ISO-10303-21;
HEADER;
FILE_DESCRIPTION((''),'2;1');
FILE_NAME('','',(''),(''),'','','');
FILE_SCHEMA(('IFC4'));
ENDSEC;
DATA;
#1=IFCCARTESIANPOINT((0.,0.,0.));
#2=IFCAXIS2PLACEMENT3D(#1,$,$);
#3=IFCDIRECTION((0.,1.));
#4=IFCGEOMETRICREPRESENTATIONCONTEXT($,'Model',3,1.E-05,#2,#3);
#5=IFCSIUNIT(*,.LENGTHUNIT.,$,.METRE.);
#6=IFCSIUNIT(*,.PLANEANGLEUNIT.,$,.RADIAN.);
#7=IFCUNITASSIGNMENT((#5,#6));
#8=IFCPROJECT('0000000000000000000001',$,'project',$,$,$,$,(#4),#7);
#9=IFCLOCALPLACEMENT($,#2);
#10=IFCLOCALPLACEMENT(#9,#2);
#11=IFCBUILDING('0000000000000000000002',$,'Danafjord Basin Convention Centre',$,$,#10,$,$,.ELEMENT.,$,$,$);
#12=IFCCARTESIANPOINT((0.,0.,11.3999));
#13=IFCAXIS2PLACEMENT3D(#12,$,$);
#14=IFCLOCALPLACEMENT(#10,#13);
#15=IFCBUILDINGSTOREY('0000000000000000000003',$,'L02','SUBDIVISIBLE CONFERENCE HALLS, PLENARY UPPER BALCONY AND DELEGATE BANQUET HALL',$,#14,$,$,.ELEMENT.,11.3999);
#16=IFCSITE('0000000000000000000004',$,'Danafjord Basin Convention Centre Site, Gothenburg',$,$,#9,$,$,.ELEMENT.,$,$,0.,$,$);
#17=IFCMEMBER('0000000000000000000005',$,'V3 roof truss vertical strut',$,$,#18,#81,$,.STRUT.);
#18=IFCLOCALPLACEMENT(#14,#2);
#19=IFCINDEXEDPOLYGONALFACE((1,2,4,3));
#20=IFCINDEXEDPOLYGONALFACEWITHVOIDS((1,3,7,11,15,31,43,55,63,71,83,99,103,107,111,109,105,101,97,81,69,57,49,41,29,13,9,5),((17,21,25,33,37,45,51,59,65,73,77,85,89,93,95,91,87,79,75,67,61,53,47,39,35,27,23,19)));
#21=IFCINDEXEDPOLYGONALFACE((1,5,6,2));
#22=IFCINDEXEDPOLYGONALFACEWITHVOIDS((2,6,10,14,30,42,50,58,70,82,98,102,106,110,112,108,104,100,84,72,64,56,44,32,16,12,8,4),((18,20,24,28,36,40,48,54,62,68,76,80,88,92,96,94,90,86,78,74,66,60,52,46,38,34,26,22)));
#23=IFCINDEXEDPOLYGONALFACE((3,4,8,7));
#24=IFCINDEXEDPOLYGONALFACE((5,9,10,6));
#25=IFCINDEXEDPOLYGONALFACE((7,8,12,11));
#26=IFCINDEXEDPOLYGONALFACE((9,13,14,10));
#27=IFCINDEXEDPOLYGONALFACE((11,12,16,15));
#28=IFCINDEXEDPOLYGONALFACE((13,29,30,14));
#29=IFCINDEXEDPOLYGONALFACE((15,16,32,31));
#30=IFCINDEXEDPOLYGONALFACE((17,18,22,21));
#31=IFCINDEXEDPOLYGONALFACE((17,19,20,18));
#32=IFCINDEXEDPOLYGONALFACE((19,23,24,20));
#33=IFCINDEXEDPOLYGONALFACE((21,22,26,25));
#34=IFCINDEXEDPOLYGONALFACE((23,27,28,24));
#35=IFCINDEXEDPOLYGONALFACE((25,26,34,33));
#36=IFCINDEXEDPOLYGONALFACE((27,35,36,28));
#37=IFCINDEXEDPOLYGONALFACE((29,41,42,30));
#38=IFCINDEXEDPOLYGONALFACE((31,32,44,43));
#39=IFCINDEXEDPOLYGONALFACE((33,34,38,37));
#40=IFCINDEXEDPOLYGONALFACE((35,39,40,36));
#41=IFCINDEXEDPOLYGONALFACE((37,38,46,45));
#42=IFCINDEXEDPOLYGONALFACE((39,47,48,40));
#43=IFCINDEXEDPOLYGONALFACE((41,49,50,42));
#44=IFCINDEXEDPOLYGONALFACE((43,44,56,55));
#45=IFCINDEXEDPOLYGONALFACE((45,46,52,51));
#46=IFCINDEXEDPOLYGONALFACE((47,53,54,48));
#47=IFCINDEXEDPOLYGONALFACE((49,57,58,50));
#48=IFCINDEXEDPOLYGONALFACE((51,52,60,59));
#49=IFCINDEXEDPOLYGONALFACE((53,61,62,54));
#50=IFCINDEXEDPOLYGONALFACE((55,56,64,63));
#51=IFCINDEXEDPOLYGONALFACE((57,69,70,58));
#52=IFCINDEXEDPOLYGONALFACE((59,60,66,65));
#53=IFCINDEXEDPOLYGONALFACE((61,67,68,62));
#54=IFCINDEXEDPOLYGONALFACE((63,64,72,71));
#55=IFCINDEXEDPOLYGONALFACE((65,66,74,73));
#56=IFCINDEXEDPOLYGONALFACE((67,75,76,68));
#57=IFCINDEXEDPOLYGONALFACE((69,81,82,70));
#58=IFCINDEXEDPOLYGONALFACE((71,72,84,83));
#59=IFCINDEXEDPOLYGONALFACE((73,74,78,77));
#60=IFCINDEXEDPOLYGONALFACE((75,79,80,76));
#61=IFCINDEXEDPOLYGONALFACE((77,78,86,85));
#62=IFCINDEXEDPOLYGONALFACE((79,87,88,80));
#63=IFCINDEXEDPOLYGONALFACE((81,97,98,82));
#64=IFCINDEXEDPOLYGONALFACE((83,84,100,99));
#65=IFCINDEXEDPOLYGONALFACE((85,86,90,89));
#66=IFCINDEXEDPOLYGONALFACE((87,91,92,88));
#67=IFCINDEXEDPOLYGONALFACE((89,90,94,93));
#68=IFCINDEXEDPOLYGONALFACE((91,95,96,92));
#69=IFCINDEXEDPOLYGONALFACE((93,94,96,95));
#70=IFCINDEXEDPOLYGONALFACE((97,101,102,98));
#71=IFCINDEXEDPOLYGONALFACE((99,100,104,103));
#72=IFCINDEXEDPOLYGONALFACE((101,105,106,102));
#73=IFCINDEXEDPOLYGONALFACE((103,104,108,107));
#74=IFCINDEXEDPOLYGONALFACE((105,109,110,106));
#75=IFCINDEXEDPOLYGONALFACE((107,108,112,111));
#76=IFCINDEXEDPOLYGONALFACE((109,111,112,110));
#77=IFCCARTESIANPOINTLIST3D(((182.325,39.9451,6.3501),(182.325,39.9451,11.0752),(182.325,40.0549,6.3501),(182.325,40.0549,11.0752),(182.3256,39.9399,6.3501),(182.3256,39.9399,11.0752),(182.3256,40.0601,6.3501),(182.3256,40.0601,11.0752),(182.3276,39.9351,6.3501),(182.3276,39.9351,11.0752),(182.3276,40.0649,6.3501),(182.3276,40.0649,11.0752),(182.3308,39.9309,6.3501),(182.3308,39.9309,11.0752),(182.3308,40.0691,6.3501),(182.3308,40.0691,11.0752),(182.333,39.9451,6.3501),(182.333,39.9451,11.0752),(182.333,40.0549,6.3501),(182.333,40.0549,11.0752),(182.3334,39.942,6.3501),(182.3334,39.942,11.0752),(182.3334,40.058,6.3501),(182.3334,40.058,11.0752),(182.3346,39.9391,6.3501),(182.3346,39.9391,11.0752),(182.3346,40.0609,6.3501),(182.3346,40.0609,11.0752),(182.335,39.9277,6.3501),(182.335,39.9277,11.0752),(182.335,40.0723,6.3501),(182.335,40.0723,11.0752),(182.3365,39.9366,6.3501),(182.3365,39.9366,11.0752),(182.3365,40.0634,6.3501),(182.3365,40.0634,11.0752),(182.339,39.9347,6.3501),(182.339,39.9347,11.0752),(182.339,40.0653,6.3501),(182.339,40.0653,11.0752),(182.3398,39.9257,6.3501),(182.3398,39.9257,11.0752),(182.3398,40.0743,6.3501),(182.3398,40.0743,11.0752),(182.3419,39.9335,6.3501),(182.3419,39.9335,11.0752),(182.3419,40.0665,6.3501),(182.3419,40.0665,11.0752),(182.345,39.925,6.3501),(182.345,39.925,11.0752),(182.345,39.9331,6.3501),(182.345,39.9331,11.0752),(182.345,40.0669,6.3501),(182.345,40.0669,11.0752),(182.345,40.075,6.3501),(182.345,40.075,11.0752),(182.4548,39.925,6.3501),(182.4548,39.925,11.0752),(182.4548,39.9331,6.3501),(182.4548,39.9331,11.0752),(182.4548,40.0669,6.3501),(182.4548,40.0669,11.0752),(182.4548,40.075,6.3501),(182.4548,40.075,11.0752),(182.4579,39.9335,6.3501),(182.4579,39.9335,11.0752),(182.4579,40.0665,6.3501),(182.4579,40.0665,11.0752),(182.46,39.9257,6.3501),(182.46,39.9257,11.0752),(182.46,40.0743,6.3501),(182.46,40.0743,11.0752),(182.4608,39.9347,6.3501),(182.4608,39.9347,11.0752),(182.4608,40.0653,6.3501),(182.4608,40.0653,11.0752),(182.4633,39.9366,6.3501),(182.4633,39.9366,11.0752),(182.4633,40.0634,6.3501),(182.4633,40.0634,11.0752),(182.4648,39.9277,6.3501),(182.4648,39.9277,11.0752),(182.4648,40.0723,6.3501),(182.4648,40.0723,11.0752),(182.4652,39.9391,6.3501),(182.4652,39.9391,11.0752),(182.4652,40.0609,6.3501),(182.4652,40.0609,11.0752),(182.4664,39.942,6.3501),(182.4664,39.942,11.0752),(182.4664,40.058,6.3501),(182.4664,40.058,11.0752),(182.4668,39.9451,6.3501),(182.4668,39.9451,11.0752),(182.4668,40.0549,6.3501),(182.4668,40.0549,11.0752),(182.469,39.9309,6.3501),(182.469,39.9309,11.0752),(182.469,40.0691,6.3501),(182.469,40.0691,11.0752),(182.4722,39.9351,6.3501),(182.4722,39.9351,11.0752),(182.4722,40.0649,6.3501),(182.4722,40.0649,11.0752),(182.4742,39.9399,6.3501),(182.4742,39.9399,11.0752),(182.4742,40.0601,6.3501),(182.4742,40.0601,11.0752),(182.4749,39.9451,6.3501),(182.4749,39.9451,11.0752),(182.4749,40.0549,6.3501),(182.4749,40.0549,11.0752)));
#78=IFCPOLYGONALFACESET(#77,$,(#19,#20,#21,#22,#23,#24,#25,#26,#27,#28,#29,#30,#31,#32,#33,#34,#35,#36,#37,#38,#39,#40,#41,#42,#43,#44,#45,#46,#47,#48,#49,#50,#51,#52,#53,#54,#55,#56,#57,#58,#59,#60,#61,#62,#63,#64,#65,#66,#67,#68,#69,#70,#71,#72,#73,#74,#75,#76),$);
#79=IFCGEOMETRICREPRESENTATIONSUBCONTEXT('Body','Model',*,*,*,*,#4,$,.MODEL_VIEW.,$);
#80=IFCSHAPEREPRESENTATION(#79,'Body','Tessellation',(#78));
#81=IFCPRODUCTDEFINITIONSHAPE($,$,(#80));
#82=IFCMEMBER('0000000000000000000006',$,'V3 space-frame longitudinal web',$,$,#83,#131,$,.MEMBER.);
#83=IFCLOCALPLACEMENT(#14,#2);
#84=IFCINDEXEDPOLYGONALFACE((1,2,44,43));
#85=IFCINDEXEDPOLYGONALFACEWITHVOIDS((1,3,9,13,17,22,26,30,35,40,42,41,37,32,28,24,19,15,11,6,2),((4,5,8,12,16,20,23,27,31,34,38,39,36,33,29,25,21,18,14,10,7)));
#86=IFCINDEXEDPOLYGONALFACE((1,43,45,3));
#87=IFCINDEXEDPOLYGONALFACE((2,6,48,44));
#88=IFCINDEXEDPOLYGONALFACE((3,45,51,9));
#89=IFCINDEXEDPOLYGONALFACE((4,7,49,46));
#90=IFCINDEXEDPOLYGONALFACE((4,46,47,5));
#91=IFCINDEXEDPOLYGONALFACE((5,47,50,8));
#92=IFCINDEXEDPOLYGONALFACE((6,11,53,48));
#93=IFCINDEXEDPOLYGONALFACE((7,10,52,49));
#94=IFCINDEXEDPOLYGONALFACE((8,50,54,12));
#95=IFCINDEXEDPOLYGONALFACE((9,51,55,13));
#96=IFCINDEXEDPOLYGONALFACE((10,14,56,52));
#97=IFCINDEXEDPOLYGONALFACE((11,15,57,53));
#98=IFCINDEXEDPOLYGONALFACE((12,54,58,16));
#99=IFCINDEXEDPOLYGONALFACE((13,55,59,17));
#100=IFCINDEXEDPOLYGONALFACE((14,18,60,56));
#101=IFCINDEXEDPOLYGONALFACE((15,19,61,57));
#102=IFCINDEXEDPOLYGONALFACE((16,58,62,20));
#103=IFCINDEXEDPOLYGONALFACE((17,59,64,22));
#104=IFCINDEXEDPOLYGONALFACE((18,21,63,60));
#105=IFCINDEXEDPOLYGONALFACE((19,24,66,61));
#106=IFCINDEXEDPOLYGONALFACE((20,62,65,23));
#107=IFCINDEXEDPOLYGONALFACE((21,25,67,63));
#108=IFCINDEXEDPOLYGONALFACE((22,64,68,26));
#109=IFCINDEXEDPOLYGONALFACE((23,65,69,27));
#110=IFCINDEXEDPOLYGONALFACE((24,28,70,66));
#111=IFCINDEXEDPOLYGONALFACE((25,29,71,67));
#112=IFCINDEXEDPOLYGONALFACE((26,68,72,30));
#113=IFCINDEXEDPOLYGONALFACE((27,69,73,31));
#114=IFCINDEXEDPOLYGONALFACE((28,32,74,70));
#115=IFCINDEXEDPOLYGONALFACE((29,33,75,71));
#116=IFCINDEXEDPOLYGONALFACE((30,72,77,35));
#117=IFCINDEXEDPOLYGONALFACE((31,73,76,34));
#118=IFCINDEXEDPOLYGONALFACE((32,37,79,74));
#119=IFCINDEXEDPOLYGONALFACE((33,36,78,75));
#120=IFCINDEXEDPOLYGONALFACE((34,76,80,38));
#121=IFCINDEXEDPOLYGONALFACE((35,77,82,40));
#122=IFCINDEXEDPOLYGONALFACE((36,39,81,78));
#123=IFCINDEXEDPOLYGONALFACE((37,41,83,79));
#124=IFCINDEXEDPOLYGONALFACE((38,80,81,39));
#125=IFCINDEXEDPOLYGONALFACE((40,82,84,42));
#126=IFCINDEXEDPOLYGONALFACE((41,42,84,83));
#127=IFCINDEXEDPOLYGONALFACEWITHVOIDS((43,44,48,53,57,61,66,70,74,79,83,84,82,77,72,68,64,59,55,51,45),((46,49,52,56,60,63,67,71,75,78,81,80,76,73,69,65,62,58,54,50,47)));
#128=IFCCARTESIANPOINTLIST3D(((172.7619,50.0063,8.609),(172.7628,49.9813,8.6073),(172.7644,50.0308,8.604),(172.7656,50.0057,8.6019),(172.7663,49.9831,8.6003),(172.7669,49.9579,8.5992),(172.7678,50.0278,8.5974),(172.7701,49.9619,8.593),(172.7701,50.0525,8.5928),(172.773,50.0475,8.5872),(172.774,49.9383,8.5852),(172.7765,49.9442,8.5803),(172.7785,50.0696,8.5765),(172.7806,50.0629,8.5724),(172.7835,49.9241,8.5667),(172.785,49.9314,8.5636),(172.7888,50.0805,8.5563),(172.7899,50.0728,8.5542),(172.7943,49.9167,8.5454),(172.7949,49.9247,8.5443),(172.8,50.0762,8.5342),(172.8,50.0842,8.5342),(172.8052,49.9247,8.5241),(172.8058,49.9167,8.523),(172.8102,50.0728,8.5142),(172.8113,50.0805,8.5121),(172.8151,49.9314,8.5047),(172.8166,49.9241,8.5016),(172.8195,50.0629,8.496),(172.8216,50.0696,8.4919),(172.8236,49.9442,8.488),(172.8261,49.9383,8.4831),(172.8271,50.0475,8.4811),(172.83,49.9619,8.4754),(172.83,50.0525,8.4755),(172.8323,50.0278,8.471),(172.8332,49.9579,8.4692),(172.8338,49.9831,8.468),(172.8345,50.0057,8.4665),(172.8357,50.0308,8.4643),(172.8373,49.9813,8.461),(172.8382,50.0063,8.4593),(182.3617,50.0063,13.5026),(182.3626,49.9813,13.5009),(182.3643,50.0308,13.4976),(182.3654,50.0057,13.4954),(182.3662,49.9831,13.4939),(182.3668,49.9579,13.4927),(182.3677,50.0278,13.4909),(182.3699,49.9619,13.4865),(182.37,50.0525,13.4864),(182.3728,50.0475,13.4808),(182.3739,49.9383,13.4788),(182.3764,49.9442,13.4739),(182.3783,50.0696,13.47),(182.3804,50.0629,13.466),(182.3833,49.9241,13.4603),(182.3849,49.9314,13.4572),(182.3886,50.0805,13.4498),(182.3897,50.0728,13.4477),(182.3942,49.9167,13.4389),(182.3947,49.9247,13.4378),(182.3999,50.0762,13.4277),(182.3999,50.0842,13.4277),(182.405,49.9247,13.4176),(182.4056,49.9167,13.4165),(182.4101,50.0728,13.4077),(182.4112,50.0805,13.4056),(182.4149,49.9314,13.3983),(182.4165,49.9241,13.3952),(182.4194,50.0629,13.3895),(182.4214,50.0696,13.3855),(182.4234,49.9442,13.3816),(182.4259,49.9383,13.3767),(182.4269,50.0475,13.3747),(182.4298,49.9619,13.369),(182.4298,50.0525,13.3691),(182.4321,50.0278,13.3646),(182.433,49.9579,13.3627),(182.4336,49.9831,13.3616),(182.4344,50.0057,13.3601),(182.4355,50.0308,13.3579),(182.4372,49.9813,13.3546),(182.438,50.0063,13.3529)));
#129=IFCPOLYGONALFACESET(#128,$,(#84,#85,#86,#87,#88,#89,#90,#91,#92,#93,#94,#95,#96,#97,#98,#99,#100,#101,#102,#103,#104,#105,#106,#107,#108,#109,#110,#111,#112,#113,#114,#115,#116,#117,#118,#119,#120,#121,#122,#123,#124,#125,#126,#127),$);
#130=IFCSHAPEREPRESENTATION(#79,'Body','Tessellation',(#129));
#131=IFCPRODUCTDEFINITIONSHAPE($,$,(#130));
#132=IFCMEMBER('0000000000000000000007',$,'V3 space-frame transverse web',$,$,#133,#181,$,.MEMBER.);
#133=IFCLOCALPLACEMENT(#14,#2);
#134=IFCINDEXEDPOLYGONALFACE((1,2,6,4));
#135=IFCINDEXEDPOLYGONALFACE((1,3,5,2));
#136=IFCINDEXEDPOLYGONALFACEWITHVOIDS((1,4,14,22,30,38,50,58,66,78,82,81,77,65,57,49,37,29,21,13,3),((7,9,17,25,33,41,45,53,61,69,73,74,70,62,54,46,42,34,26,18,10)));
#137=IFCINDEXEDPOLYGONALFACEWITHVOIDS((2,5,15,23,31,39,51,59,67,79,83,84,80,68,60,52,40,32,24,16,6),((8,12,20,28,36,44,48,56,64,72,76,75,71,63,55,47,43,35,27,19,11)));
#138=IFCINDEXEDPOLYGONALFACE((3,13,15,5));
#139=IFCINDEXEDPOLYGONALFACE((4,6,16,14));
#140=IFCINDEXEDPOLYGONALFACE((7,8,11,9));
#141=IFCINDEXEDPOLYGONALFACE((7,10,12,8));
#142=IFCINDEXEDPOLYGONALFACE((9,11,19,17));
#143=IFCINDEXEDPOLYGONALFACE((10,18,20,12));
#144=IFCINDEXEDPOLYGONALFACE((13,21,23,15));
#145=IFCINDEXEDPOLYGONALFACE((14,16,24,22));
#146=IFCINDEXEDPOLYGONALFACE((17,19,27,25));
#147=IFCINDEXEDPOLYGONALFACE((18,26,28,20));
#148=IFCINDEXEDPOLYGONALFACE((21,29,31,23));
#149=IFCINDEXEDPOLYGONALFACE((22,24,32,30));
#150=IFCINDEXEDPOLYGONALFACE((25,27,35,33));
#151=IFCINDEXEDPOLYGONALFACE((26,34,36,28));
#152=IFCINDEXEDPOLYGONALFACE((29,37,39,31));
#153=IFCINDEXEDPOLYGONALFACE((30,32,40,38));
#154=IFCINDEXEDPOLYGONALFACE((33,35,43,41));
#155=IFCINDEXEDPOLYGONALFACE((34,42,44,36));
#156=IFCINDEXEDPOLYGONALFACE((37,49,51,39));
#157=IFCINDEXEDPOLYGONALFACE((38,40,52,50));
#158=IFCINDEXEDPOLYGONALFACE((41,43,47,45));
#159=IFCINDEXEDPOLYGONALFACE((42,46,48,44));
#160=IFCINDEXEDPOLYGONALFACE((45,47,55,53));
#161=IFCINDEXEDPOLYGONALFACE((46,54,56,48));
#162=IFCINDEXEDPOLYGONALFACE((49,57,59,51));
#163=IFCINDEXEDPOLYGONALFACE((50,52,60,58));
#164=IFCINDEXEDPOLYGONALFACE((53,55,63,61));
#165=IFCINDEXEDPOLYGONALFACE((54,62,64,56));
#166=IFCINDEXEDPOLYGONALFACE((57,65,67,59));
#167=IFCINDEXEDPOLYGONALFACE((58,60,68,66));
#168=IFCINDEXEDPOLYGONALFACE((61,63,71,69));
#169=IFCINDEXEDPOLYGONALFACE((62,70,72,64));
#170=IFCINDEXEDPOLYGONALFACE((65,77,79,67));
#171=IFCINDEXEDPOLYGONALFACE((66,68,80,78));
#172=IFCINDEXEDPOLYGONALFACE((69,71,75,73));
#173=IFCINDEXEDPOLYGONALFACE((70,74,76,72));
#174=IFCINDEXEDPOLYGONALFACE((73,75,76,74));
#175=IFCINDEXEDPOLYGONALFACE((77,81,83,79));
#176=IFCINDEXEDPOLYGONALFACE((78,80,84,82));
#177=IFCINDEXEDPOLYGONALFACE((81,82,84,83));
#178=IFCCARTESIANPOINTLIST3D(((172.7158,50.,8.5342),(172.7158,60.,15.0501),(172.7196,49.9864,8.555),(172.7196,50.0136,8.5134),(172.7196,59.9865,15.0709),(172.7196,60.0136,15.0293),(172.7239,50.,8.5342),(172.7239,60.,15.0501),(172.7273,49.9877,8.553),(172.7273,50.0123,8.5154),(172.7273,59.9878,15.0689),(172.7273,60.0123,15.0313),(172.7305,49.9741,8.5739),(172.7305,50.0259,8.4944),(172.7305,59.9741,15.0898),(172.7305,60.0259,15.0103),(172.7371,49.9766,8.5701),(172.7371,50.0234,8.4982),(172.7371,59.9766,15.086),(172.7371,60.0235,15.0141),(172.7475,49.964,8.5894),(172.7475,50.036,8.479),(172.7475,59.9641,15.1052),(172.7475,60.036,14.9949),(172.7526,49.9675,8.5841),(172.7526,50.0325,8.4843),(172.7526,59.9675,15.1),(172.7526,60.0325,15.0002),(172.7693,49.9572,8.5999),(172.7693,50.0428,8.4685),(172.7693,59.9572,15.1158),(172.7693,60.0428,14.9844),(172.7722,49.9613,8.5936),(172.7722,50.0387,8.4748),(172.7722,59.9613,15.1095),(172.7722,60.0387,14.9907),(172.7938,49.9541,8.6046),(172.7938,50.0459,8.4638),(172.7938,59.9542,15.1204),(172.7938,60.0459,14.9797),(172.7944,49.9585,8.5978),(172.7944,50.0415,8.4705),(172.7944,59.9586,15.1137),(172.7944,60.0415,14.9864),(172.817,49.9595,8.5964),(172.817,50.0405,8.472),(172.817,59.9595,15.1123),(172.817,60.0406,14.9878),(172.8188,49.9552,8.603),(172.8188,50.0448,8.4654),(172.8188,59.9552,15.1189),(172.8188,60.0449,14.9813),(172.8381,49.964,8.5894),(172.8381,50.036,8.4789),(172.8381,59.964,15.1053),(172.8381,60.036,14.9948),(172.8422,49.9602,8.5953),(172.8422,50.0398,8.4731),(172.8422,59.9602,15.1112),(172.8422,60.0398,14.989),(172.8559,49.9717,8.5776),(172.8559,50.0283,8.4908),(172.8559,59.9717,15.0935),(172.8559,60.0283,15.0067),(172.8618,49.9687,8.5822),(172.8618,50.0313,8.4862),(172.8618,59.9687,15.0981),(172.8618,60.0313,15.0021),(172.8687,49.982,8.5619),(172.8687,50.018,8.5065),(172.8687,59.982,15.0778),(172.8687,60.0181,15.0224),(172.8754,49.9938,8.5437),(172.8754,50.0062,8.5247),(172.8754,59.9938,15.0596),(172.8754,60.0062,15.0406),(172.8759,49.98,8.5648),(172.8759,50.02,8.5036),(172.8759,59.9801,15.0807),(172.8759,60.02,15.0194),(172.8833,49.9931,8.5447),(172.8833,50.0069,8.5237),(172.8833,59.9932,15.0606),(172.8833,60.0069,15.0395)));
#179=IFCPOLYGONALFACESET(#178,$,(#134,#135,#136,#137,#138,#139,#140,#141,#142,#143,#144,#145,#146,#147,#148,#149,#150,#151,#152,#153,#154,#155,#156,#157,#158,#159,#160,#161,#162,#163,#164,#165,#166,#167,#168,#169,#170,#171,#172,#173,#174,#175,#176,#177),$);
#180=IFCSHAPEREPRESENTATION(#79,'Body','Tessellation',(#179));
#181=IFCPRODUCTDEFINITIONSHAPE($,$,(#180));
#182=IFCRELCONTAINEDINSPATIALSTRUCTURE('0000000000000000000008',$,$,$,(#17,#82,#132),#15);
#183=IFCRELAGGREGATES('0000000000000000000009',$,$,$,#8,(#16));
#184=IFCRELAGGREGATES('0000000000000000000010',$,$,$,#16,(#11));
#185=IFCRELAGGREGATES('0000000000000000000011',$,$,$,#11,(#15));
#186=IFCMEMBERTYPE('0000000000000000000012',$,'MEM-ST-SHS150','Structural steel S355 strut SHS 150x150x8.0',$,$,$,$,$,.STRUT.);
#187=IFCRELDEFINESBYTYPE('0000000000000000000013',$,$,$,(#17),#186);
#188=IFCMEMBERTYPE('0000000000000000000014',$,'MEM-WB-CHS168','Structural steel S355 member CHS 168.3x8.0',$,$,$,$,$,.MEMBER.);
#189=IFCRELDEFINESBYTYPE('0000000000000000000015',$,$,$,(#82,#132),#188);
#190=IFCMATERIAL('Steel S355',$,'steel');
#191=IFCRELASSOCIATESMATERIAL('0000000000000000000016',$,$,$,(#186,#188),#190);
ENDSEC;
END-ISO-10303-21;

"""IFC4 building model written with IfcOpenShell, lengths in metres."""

from ifc_helpers import new_model, si_unit, direction, frame, origin, origin_2d, place, context, subcontext, project, spatial, hollow_rectangle, hollow_circle, extrude, material, material_profile, profile_set, type_object, element, save


model = new_model("IFC4")

# Units and contexts
model_context = context("Model", 3, precision=1e-05, world=origin(), true_north=direction((0.0, 1.0)))
body_context = subcontext(model_context, "Body", "Model", "MODEL_VIEW")
ifc_project = project(units=[si_unit("LENGTHUNIT", "METRE"), si_unit("PLANEANGLEUNIT", "RADIAN")], contexts=[model_context])

# Site, building, storey
site_placement = place(None, origin())
site = spatial("IfcSite", under=ifc_project, at=site_placement, Name="Danafjord Basin Convention Centre Site, Gothenburg", CompositionType="ELEMENT", RefElevation=0.0)
building_placement = place(site_placement, origin())
building = spatial("IfcBuilding", under=site, at=building_placement, Name="Danafjord Basin Convention Centre", CompositionType="ELEMENT")
storey_placement = place(building_placement, frame((0.0, 0.0, 11.3999)))
storey = spatial("IfcBuildingStorey", under=building, at=storey_placement, Name="L02", Description="SUBDIVISIBLE CONFERENCE HALLS, PLENARY UPPER BALCONY AND DELEGATE BANQUET HALL", CompositionType="ELEMENT", Elevation=11.3999)

# Shared definitions
ifc_material_1 = material(Name="Steel S355", Category="steel")

# Members
ifc_material_profile_1 = material_profile(ifc_material_1, hollow_rectangle(XDim=0.1499, YDim=0.1499, WallThickness=0.0081, InnerFilletRadius=0.012, OuterFilletRadius=0.02, at=origin_2d()), Name="SHS 150x150x8.0")
ifc_profile_set_1 = profile_set([ifc_material_profile_1], Name="Steel S355")
member_type_1 = type_object("IfcMemberType", Name="MEM-ST-SHS150", Description="Structural steel S355 strut SHS 150x150x8.0", PredefinedType="STRUT", material=ifc_profile_set_1)
member_1_placement = place(storey_placement, frame((182.3999, 40.0, 6.3501), z_axis=(0.0, 0.0, 1.0), x_axis=(1.0, 0.0, 0.0)))
element("IfcMember", 1, at=member_1_placement, inside=storey, type_object=member_type_1, Name="V3 roof truss vertical strut", PredefinedType="STRUT", context=body_context, shape_type="SweptSolid", body=[
    extrude(hollow_rectangle(XDim=0.1499, YDim=0.1499, WallThickness=0.0081, InnerFilletRadius=0.012, OuterFilletRadius=0.02, at=origin_2d()), origin(), (0.0, 0.0, 1.0), 4.7251),
])
ifc_material_profile_2 = material_profile(ifc_material_1, hollow_circle(Radius=0.0842, WallThickness=0.0081, at=origin_2d()), Name="CHS 168.3x8.0")
ifc_profile_set_2 = profile_set([ifc_material_profile_2], Name="Steel S355")
member_type_2 = type_object("IfcMemberType", Name="MEM-WB-CHS168", Description="Structural steel S355 member CHS 168.3x8.0", PredefinedType="MEMBER", material=ifc_profile_set_2)
member_2_placement = place(storey_placement, frame((172.8, 50.0, 8.5342), z_axis=(0.890924, 0.0, 0.454151), x_axis=(0.0, 1.0, 0.0)))
element("IfcMember", 2, at=member_2_placement, inside=storey, type_object=member_type_2, Name="V3 space-frame longitudinal web", PredefinedType="MEMBER", context=body_context, shape_type="SweptSolid", body=[
    extrude(hollow_circle(Radius=0.0842, WallThickness=0.0081, at=origin_2d()), origin(), (0.0, 0.0, 1.0), 10.7751),
])
member_3_placement = place(storey_placement, frame((172.8, 50.0, 8.5342), z_axis=(0.0, 0.837836, 0.545923), x_axis=(-1.0, 0.0, 0.0)))
element("IfcMember", 3, at=member_3_placement, inside=storey, type_object=member_type_2, Name="V3 space-frame transverse web", PredefinedType="MEMBER", context=body_context, shape_type="SweptSolid", body=[
    extrude(hollow_circle(Radius=0.0842, WallThickness=0.0081, at=origin_2d()), origin(), (0.0, 0.0, 1.0), 11.9355),
])

save(model, "model.ifc")
